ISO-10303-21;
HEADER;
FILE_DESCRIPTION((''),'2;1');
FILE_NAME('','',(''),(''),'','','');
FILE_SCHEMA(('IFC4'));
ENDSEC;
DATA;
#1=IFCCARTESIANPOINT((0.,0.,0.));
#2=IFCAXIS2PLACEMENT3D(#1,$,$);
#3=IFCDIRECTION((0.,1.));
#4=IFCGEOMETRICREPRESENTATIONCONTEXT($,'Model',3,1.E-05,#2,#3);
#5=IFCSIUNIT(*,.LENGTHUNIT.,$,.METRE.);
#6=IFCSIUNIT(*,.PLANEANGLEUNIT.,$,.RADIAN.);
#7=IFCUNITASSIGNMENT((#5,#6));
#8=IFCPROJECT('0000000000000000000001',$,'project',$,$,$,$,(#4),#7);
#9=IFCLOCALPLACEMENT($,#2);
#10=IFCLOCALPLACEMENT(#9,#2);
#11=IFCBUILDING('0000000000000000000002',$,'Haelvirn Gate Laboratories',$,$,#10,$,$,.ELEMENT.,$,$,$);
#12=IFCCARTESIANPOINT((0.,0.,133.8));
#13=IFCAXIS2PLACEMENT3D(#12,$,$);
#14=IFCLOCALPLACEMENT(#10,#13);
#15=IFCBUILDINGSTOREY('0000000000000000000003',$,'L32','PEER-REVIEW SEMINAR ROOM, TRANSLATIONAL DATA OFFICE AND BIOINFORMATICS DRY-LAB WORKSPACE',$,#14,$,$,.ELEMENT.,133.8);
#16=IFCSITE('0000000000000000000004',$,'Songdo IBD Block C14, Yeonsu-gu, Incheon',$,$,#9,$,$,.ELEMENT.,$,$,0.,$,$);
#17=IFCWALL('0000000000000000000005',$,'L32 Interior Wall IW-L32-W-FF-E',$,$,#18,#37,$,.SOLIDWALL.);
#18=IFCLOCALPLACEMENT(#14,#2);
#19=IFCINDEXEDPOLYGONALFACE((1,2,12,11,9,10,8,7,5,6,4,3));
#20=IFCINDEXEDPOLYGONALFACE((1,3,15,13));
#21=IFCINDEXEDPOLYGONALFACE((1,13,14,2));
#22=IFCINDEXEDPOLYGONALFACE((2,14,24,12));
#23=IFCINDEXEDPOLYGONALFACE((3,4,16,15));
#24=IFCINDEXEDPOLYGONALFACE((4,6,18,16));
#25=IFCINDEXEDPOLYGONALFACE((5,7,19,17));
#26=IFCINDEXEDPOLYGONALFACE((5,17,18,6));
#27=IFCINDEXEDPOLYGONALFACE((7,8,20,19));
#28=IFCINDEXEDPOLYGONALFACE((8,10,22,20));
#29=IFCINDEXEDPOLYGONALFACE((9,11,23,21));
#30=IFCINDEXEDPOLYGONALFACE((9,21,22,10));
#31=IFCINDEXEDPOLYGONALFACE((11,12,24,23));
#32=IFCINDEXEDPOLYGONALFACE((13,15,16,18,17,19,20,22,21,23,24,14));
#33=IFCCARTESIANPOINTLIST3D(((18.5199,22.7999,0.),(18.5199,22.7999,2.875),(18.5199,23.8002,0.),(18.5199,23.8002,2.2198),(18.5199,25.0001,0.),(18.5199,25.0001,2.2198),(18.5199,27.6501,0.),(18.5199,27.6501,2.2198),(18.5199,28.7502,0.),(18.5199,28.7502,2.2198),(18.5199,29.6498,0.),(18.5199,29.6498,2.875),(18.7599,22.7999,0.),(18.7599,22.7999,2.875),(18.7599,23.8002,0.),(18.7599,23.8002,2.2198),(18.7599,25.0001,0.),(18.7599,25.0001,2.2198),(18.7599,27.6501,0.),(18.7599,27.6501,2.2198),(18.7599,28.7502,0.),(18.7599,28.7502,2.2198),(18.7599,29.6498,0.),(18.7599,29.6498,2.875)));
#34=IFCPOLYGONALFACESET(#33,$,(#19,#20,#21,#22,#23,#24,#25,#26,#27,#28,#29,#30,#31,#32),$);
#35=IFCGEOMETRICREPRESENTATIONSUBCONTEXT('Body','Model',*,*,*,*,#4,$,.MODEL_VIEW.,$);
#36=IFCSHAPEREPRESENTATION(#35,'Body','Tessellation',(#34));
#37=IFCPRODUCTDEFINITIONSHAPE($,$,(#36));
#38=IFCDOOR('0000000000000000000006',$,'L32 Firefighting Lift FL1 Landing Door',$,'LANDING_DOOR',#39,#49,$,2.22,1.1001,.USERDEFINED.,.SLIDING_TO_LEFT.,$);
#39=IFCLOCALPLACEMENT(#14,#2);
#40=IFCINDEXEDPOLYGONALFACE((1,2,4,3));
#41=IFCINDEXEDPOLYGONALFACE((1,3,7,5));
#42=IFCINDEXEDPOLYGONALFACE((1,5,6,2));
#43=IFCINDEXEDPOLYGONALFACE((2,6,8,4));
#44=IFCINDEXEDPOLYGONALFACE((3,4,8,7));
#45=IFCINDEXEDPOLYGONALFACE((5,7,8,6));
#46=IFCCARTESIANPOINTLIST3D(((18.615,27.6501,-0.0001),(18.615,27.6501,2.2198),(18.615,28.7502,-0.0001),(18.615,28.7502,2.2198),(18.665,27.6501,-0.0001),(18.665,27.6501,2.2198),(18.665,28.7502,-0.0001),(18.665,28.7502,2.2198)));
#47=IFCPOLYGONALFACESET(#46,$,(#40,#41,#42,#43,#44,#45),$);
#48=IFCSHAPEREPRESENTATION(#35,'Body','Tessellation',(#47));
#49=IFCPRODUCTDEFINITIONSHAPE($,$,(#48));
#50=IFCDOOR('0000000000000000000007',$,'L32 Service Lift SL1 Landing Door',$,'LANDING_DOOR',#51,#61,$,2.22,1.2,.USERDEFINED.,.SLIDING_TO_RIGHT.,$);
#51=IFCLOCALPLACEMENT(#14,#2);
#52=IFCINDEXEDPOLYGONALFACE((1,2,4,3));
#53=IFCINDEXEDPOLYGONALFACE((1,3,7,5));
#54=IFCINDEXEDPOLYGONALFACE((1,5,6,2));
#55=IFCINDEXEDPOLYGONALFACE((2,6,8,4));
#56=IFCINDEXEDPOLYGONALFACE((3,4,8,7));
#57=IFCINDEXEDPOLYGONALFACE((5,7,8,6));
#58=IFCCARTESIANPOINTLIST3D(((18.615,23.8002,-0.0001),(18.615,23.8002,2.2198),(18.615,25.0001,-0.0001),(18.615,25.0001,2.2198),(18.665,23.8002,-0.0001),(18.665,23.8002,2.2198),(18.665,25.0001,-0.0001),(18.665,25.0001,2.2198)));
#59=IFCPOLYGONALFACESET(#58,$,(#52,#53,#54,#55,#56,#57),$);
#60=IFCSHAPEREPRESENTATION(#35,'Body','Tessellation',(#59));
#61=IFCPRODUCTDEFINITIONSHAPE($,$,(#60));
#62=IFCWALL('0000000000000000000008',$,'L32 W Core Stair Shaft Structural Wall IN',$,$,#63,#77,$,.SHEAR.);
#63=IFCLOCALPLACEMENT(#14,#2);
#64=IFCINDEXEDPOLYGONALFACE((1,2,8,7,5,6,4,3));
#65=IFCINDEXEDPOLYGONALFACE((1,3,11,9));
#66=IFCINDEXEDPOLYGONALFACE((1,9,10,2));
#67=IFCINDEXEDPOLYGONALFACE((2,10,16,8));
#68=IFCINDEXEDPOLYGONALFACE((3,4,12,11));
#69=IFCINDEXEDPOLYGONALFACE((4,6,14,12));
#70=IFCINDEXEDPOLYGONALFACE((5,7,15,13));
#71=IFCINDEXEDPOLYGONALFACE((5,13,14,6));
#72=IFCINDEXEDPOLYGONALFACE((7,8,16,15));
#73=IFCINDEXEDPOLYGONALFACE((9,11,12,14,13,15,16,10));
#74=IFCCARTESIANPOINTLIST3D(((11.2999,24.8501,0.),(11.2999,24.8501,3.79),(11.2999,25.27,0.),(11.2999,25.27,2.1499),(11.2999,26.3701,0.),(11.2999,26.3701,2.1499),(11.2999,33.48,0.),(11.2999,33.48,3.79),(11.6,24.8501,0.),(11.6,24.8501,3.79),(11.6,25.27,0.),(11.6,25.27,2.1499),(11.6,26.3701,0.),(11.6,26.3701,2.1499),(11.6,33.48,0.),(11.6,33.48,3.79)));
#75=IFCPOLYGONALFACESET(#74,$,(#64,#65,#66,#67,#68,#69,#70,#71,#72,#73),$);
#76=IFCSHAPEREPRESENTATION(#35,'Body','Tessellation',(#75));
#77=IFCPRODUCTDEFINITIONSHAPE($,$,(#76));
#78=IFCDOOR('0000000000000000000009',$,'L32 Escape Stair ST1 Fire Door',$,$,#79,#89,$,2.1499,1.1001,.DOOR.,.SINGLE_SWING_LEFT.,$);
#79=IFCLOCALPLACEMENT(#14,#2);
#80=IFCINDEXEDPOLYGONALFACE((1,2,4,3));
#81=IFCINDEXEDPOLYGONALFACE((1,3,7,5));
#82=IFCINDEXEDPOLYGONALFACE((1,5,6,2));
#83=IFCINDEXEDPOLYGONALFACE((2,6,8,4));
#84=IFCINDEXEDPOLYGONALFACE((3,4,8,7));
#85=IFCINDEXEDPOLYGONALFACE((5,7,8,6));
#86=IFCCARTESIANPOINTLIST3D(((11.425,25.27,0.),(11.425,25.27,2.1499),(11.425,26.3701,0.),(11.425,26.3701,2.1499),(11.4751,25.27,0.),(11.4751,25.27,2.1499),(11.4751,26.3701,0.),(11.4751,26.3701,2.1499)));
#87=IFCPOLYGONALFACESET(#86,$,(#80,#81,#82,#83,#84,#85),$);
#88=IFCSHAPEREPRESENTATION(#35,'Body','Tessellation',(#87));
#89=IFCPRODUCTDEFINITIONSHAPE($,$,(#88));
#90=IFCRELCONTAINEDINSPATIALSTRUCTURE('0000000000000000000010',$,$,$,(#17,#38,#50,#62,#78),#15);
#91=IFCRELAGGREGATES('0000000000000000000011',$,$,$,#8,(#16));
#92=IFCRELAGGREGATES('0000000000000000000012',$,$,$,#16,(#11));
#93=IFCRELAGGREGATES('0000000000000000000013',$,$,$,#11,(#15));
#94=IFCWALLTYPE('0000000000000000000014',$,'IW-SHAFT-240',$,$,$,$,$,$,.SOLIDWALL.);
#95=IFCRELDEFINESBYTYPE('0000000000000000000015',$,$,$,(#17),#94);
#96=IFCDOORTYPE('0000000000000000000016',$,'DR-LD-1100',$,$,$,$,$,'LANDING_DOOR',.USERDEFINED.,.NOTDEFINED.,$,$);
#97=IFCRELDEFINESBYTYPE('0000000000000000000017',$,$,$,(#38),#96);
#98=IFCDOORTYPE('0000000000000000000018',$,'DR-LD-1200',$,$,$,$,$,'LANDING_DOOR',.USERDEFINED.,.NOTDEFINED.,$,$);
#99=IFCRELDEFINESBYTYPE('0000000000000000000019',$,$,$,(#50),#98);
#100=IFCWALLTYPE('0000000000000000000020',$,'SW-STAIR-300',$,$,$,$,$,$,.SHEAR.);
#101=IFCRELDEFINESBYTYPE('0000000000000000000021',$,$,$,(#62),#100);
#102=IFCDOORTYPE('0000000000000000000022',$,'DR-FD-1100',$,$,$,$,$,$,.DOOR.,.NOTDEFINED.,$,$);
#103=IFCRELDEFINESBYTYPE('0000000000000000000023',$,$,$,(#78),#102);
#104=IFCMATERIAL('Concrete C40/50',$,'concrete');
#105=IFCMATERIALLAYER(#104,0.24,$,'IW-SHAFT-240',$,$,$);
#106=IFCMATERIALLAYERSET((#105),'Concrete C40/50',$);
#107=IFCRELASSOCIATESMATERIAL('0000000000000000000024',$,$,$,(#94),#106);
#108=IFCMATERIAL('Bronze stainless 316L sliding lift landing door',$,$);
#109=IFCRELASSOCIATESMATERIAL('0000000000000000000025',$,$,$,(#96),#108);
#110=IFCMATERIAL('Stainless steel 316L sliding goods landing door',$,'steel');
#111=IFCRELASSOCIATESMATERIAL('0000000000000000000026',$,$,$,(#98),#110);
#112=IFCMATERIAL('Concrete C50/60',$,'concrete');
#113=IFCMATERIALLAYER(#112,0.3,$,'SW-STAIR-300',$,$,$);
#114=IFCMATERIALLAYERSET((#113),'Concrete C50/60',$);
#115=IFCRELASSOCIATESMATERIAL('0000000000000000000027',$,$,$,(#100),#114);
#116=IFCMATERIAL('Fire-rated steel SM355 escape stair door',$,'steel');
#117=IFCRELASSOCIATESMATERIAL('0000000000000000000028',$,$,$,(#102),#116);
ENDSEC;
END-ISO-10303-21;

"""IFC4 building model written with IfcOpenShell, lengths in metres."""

from ifc_helpers import new_model, si_unit, direction, frame, frame_2d, origin, place, context, subcontext, project, spatial, rectangle, extrude, source, transform, mapped, material, layer, layer_set, type_object, type_shapes, element, fill, save


model = new_model("IFC4")

# Units and contexts
model_context = context("Model", 3, precision=1e-05, world=origin(), true_north=direction((0.0, 1.0)))
body_context = subcontext(model_context, "Body", "Model", "MODEL_VIEW")
ifc_project = project(units=[si_unit("LENGTHUNIT", "METRE"), si_unit("PLANEANGLEUNIT", "RADIAN")], contexts=[model_context])

# Site, building, storey
site_placement = place(None, origin())
site = spatial("IfcSite", under=ifc_project, at=site_placement, Name="Songdo IBD Block C14, Yeonsu-gu, Incheon", CompositionType="ELEMENT", RefElevation=0.0)
building_placement = place(site_placement, origin())
building = spatial("IfcBuilding", under=site, at=building_placement, Name="Haelvirn Gate Laboratories", CompositionType="ELEMENT")
storey_placement = place(building_placement, frame((0.0, 0.0, 133.8)))
storey = spatial("IfcBuildingStorey", under=building, at=storey_placement, Name="L32", Description="PEER-REVIEW SEMINAR ROOM, TRANSLATIONAL DATA OFFICE AND BIOINFORMATICS DRY-LAB WORKSPACE", CompositionType="ELEMENT", Elevation=133.8)

# Shared definitions
ifc_material_1 = material(Name="Concrete C40/50", Category="concrete")

# Shared definitions
ifc_layer_1 = layer(ifc_material_1, 0.24, Name="IW-SHAFT-240")
ifc_layer_set_1 = layer_set([ifc_layer_1], Name="Concrete C40/50")
wall_type_1 = type_object("IfcWallType", Name="IW-SHAFT-240", PredefinedType="SOLIDWALL", material=ifc_layer_set_1)

# Wall, openings, doors
wall_1_placement = place(storey_placement, frame((18.6399, 22.8, 0.0), z_axis=(0.0, 0.0, 1.0), x_axis=(0.0, 1.0, 0.0)))
wall_1 = element("IfcWall", 1, at=wall_1_placement, inside=storey, type_object=wall_type_1, Name="L32 Interior Wall IW-L32-W-FF-E", PredefinedType="SOLIDWALL", context=body_context, shape_type="SweptSolid", body=[
    extrude(rectangle(XDim=6.8499, YDim=0.24, at=frame_2d((3.4248, 0.0))), origin(), (0.0, 0.0, 1.0), 2.875),
])
opening_1_placement = place(wall_1_placement, frame((4.8501, 0.0, 0.0)))
opening_1 = element("IfcOpeningElement", 2, at=opening_1_placement, cuts=wall_1, PredefinedType="OPENING", context=body_context, shape_type="SweptSolid", body=[
    extrude(rectangle(XDim=1.1001, YDim=2.22, at=frame_2d((0.55, 1.1099))), frame((0.0, 0.1299, 0.0), z_axis=(0.0, -1.0, 0.0), x_axis=(1.0, 0.0, 0.0)), (0.0, 0.0, 1.0), 0.26),
])
opening_2_placement = place(wall_1_placement, frame((1.0, 0.0, 0.0)))
opening_2 = element("IfcOpeningElement", 3, at=opening_2_placement, cuts=wall_1, PredefinedType="OPENING", context=body_context, shape_type="SweptSolid", body=[
    extrude(rectangle(XDim=1.2, YDim=2.22, at=frame_2d((0.6001, 1.1099))), frame((0.0, 0.1299, 0.0), z_axis=(0.0, -1.0, 0.0), x_axis=(1.0, 0.0, 0.0)), (0.0, 0.0, 1.0), 0.26),
])
ifc_material_2 = material(Name="Bronze stainless 316L sliding lift landing door")
door_type_1 = type_object("IfcDoorType", Name="DR-LD-1100", ElementType="LANDING_DOOR", OperationType="NOTDEFINED", PredefinedType="USERDEFINED", material=ifc_material_2)
shared_shape_1 = source(origin(), body_context, "Body", "SweptSolid", [
    extrude(rectangle(XDim=1.1001, YDim=2.22, at=frame_2d((0.55, 1.1099))), frame((0.0, 0.0249, 0.0), z_axis=(0.0, -1.0, 0.0), x_axis=(1.0, 0.0, 0.0)), (0.0, 0.0, 1.0), 0.05),
])
type_shapes(door_type_1, [shared_shape_1])
door_1_placement = place(opening_1_placement, origin())
door_1 = element("IfcDoor", 4, at=door_1_placement, inside=storey, type_object=door_type_1, Name="L32 Firefighting Lift FL1 Landing Door", ObjectType="LANDING_DOOR", OperationType="SLIDING_TO_LEFT", OverallHeight=2.22, OverallWidth=1.1001, PredefinedType="USERDEFINED", context=body_context, shape_type="MappedRepresentation", body=[
    mapped(shared_shape_1, transform((0.0, 0.0, 0.0), scale=1.0)),
])
fill(opening_1, door_1)
ifc_material_3 = material(Name="Stainless steel 316L sliding goods landing door", Category="steel")
door_type_2 = type_object("IfcDoorType", Name="DR-LD-1200", ElementType="LANDING_DOOR", OperationType="NOTDEFINED", PredefinedType="USERDEFINED", material=ifc_material_3)
shared_shape_2 = source(origin(), body_context, "Body", "SweptSolid", [
    extrude(rectangle(XDim=1.2, YDim=2.22, at=frame_2d((0.6001, 1.1099))), frame((0.0, 0.0249, 0.0), z_axis=(0.0, -1.0, 0.0), x_axis=(1.0, 0.0, 0.0)), (0.0, 0.0, 1.0), 0.05),
])
type_shapes(door_type_2, [shared_shape_2])
door_2_placement = place(opening_2_placement, origin())
door_2 = element("IfcDoor", 5, at=door_2_placement, inside=storey, type_object=door_type_2, Name="L32 Service Lift SL1 Landing Door", ObjectType="LANDING_DOOR", OperationType="SLIDING_TO_RIGHT", OverallHeight=2.22, OverallWidth=1.2, PredefinedType="USERDEFINED", context=body_context, shape_type="MappedRepresentation", body=[
    mapped(shared_shape_2, transform((0.0, 0.0, 0.0), scale=1.0)),
])
fill(opening_2, door_2)

# Wall, opening, door
ifc_material_4 = material(Name="Concrete C50/60", Category="concrete")
ifc_layer_2 = layer(ifc_material_4, 0.3, Name="SW-STAIR-300")
ifc_layer_set_2 = layer_set([ifc_layer_2], Name="Concrete C50/60")
wall_type_2 = type_object("IfcWallType", Name="SW-STAIR-300", PredefinedType="SHEAR", material=ifc_layer_set_2)
wall_2_placement = place(storey_placement, frame((11.45, 24.8501, 0.0), z_axis=(0.0, 0.0, 1.0), x_axis=(0.0, 1.0, 0.0)))
wall_2 = element("IfcWall", 6, at=wall_2_placement, inside=storey, type_object=wall_type_2, Name="L32 W Core Stair Shaft Structural Wall IN", PredefinedType="SHEAR", context=body_context, shape_type="SweptSolid", body=[
    extrude(rectangle(XDim=8.6299, YDim=0.3, at=frame_2d((4.3149, 0.0))), origin(), (0.0, 0.0, 1.0), 3.79),
])
opening_3_placement = place(wall_2_placement, frame((0.4199, 0.0, 0.0)))
opening_3 = element("IfcOpeningElement", 7, at=opening_3_placement, cuts=wall_2, PredefinedType="OPENING", context=body_context, shape_type="SweptSolid", body=[
    extrude(rectangle(XDim=1.1001, YDim=2.1499, at=frame_2d((0.55, 1.075))), frame((0.0, 0.1602, 0.0), z_axis=(0.0, -1.0, 0.0), x_axis=(1.0, 0.0, 0.0)), (0.0, 0.0, 1.0), 0.3201),
])
ifc_material_5 = material(Name="Fire-rated steel SM355 escape stair door", Category="steel")
door_type_3 = type_object("IfcDoorType", Name="DR-FD-1100", OperationType="NOTDEFINED", PredefinedType="DOOR", material=ifc_material_5)
shared_shape_3 = source(origin(), body_context, "Body", "SweptSolid", [
    extrude(rectangle(XDim=1.1001, YDim=2.1499, at=frame_2d((0.55, 1.075))), frame((0.0, 0.0249, 0.0), z_axis=(0.0, -1.0, 0.0), x_axis=(1.0, 0.0, 0.0)), (0.0, 0.0, 1.0), 0.05),
])
type_shapes(door_type_3, [shared_shape_3])
door_3_placement = place(opening_3_placement, origin())
door_3 = element("IfcDoor", 8, at=door_3_placement, inside=storey, type_object=door_type_3, Name="L32 Escape Stair ST1 Fire Door", OperationType="SINGLE_SWING_LEFT", OverallHeight=2.1499, OverallWidth=1.1001, PredefinedType="DOOR", context=body_context, shape_type="MappedRepresentation", body=[
    mapped(shared_shape_3, transform((0.0, 0.0, 0.0), scale=1.0)),
])
fill(opening_3, door_3)

save(model, "model.ifc")
